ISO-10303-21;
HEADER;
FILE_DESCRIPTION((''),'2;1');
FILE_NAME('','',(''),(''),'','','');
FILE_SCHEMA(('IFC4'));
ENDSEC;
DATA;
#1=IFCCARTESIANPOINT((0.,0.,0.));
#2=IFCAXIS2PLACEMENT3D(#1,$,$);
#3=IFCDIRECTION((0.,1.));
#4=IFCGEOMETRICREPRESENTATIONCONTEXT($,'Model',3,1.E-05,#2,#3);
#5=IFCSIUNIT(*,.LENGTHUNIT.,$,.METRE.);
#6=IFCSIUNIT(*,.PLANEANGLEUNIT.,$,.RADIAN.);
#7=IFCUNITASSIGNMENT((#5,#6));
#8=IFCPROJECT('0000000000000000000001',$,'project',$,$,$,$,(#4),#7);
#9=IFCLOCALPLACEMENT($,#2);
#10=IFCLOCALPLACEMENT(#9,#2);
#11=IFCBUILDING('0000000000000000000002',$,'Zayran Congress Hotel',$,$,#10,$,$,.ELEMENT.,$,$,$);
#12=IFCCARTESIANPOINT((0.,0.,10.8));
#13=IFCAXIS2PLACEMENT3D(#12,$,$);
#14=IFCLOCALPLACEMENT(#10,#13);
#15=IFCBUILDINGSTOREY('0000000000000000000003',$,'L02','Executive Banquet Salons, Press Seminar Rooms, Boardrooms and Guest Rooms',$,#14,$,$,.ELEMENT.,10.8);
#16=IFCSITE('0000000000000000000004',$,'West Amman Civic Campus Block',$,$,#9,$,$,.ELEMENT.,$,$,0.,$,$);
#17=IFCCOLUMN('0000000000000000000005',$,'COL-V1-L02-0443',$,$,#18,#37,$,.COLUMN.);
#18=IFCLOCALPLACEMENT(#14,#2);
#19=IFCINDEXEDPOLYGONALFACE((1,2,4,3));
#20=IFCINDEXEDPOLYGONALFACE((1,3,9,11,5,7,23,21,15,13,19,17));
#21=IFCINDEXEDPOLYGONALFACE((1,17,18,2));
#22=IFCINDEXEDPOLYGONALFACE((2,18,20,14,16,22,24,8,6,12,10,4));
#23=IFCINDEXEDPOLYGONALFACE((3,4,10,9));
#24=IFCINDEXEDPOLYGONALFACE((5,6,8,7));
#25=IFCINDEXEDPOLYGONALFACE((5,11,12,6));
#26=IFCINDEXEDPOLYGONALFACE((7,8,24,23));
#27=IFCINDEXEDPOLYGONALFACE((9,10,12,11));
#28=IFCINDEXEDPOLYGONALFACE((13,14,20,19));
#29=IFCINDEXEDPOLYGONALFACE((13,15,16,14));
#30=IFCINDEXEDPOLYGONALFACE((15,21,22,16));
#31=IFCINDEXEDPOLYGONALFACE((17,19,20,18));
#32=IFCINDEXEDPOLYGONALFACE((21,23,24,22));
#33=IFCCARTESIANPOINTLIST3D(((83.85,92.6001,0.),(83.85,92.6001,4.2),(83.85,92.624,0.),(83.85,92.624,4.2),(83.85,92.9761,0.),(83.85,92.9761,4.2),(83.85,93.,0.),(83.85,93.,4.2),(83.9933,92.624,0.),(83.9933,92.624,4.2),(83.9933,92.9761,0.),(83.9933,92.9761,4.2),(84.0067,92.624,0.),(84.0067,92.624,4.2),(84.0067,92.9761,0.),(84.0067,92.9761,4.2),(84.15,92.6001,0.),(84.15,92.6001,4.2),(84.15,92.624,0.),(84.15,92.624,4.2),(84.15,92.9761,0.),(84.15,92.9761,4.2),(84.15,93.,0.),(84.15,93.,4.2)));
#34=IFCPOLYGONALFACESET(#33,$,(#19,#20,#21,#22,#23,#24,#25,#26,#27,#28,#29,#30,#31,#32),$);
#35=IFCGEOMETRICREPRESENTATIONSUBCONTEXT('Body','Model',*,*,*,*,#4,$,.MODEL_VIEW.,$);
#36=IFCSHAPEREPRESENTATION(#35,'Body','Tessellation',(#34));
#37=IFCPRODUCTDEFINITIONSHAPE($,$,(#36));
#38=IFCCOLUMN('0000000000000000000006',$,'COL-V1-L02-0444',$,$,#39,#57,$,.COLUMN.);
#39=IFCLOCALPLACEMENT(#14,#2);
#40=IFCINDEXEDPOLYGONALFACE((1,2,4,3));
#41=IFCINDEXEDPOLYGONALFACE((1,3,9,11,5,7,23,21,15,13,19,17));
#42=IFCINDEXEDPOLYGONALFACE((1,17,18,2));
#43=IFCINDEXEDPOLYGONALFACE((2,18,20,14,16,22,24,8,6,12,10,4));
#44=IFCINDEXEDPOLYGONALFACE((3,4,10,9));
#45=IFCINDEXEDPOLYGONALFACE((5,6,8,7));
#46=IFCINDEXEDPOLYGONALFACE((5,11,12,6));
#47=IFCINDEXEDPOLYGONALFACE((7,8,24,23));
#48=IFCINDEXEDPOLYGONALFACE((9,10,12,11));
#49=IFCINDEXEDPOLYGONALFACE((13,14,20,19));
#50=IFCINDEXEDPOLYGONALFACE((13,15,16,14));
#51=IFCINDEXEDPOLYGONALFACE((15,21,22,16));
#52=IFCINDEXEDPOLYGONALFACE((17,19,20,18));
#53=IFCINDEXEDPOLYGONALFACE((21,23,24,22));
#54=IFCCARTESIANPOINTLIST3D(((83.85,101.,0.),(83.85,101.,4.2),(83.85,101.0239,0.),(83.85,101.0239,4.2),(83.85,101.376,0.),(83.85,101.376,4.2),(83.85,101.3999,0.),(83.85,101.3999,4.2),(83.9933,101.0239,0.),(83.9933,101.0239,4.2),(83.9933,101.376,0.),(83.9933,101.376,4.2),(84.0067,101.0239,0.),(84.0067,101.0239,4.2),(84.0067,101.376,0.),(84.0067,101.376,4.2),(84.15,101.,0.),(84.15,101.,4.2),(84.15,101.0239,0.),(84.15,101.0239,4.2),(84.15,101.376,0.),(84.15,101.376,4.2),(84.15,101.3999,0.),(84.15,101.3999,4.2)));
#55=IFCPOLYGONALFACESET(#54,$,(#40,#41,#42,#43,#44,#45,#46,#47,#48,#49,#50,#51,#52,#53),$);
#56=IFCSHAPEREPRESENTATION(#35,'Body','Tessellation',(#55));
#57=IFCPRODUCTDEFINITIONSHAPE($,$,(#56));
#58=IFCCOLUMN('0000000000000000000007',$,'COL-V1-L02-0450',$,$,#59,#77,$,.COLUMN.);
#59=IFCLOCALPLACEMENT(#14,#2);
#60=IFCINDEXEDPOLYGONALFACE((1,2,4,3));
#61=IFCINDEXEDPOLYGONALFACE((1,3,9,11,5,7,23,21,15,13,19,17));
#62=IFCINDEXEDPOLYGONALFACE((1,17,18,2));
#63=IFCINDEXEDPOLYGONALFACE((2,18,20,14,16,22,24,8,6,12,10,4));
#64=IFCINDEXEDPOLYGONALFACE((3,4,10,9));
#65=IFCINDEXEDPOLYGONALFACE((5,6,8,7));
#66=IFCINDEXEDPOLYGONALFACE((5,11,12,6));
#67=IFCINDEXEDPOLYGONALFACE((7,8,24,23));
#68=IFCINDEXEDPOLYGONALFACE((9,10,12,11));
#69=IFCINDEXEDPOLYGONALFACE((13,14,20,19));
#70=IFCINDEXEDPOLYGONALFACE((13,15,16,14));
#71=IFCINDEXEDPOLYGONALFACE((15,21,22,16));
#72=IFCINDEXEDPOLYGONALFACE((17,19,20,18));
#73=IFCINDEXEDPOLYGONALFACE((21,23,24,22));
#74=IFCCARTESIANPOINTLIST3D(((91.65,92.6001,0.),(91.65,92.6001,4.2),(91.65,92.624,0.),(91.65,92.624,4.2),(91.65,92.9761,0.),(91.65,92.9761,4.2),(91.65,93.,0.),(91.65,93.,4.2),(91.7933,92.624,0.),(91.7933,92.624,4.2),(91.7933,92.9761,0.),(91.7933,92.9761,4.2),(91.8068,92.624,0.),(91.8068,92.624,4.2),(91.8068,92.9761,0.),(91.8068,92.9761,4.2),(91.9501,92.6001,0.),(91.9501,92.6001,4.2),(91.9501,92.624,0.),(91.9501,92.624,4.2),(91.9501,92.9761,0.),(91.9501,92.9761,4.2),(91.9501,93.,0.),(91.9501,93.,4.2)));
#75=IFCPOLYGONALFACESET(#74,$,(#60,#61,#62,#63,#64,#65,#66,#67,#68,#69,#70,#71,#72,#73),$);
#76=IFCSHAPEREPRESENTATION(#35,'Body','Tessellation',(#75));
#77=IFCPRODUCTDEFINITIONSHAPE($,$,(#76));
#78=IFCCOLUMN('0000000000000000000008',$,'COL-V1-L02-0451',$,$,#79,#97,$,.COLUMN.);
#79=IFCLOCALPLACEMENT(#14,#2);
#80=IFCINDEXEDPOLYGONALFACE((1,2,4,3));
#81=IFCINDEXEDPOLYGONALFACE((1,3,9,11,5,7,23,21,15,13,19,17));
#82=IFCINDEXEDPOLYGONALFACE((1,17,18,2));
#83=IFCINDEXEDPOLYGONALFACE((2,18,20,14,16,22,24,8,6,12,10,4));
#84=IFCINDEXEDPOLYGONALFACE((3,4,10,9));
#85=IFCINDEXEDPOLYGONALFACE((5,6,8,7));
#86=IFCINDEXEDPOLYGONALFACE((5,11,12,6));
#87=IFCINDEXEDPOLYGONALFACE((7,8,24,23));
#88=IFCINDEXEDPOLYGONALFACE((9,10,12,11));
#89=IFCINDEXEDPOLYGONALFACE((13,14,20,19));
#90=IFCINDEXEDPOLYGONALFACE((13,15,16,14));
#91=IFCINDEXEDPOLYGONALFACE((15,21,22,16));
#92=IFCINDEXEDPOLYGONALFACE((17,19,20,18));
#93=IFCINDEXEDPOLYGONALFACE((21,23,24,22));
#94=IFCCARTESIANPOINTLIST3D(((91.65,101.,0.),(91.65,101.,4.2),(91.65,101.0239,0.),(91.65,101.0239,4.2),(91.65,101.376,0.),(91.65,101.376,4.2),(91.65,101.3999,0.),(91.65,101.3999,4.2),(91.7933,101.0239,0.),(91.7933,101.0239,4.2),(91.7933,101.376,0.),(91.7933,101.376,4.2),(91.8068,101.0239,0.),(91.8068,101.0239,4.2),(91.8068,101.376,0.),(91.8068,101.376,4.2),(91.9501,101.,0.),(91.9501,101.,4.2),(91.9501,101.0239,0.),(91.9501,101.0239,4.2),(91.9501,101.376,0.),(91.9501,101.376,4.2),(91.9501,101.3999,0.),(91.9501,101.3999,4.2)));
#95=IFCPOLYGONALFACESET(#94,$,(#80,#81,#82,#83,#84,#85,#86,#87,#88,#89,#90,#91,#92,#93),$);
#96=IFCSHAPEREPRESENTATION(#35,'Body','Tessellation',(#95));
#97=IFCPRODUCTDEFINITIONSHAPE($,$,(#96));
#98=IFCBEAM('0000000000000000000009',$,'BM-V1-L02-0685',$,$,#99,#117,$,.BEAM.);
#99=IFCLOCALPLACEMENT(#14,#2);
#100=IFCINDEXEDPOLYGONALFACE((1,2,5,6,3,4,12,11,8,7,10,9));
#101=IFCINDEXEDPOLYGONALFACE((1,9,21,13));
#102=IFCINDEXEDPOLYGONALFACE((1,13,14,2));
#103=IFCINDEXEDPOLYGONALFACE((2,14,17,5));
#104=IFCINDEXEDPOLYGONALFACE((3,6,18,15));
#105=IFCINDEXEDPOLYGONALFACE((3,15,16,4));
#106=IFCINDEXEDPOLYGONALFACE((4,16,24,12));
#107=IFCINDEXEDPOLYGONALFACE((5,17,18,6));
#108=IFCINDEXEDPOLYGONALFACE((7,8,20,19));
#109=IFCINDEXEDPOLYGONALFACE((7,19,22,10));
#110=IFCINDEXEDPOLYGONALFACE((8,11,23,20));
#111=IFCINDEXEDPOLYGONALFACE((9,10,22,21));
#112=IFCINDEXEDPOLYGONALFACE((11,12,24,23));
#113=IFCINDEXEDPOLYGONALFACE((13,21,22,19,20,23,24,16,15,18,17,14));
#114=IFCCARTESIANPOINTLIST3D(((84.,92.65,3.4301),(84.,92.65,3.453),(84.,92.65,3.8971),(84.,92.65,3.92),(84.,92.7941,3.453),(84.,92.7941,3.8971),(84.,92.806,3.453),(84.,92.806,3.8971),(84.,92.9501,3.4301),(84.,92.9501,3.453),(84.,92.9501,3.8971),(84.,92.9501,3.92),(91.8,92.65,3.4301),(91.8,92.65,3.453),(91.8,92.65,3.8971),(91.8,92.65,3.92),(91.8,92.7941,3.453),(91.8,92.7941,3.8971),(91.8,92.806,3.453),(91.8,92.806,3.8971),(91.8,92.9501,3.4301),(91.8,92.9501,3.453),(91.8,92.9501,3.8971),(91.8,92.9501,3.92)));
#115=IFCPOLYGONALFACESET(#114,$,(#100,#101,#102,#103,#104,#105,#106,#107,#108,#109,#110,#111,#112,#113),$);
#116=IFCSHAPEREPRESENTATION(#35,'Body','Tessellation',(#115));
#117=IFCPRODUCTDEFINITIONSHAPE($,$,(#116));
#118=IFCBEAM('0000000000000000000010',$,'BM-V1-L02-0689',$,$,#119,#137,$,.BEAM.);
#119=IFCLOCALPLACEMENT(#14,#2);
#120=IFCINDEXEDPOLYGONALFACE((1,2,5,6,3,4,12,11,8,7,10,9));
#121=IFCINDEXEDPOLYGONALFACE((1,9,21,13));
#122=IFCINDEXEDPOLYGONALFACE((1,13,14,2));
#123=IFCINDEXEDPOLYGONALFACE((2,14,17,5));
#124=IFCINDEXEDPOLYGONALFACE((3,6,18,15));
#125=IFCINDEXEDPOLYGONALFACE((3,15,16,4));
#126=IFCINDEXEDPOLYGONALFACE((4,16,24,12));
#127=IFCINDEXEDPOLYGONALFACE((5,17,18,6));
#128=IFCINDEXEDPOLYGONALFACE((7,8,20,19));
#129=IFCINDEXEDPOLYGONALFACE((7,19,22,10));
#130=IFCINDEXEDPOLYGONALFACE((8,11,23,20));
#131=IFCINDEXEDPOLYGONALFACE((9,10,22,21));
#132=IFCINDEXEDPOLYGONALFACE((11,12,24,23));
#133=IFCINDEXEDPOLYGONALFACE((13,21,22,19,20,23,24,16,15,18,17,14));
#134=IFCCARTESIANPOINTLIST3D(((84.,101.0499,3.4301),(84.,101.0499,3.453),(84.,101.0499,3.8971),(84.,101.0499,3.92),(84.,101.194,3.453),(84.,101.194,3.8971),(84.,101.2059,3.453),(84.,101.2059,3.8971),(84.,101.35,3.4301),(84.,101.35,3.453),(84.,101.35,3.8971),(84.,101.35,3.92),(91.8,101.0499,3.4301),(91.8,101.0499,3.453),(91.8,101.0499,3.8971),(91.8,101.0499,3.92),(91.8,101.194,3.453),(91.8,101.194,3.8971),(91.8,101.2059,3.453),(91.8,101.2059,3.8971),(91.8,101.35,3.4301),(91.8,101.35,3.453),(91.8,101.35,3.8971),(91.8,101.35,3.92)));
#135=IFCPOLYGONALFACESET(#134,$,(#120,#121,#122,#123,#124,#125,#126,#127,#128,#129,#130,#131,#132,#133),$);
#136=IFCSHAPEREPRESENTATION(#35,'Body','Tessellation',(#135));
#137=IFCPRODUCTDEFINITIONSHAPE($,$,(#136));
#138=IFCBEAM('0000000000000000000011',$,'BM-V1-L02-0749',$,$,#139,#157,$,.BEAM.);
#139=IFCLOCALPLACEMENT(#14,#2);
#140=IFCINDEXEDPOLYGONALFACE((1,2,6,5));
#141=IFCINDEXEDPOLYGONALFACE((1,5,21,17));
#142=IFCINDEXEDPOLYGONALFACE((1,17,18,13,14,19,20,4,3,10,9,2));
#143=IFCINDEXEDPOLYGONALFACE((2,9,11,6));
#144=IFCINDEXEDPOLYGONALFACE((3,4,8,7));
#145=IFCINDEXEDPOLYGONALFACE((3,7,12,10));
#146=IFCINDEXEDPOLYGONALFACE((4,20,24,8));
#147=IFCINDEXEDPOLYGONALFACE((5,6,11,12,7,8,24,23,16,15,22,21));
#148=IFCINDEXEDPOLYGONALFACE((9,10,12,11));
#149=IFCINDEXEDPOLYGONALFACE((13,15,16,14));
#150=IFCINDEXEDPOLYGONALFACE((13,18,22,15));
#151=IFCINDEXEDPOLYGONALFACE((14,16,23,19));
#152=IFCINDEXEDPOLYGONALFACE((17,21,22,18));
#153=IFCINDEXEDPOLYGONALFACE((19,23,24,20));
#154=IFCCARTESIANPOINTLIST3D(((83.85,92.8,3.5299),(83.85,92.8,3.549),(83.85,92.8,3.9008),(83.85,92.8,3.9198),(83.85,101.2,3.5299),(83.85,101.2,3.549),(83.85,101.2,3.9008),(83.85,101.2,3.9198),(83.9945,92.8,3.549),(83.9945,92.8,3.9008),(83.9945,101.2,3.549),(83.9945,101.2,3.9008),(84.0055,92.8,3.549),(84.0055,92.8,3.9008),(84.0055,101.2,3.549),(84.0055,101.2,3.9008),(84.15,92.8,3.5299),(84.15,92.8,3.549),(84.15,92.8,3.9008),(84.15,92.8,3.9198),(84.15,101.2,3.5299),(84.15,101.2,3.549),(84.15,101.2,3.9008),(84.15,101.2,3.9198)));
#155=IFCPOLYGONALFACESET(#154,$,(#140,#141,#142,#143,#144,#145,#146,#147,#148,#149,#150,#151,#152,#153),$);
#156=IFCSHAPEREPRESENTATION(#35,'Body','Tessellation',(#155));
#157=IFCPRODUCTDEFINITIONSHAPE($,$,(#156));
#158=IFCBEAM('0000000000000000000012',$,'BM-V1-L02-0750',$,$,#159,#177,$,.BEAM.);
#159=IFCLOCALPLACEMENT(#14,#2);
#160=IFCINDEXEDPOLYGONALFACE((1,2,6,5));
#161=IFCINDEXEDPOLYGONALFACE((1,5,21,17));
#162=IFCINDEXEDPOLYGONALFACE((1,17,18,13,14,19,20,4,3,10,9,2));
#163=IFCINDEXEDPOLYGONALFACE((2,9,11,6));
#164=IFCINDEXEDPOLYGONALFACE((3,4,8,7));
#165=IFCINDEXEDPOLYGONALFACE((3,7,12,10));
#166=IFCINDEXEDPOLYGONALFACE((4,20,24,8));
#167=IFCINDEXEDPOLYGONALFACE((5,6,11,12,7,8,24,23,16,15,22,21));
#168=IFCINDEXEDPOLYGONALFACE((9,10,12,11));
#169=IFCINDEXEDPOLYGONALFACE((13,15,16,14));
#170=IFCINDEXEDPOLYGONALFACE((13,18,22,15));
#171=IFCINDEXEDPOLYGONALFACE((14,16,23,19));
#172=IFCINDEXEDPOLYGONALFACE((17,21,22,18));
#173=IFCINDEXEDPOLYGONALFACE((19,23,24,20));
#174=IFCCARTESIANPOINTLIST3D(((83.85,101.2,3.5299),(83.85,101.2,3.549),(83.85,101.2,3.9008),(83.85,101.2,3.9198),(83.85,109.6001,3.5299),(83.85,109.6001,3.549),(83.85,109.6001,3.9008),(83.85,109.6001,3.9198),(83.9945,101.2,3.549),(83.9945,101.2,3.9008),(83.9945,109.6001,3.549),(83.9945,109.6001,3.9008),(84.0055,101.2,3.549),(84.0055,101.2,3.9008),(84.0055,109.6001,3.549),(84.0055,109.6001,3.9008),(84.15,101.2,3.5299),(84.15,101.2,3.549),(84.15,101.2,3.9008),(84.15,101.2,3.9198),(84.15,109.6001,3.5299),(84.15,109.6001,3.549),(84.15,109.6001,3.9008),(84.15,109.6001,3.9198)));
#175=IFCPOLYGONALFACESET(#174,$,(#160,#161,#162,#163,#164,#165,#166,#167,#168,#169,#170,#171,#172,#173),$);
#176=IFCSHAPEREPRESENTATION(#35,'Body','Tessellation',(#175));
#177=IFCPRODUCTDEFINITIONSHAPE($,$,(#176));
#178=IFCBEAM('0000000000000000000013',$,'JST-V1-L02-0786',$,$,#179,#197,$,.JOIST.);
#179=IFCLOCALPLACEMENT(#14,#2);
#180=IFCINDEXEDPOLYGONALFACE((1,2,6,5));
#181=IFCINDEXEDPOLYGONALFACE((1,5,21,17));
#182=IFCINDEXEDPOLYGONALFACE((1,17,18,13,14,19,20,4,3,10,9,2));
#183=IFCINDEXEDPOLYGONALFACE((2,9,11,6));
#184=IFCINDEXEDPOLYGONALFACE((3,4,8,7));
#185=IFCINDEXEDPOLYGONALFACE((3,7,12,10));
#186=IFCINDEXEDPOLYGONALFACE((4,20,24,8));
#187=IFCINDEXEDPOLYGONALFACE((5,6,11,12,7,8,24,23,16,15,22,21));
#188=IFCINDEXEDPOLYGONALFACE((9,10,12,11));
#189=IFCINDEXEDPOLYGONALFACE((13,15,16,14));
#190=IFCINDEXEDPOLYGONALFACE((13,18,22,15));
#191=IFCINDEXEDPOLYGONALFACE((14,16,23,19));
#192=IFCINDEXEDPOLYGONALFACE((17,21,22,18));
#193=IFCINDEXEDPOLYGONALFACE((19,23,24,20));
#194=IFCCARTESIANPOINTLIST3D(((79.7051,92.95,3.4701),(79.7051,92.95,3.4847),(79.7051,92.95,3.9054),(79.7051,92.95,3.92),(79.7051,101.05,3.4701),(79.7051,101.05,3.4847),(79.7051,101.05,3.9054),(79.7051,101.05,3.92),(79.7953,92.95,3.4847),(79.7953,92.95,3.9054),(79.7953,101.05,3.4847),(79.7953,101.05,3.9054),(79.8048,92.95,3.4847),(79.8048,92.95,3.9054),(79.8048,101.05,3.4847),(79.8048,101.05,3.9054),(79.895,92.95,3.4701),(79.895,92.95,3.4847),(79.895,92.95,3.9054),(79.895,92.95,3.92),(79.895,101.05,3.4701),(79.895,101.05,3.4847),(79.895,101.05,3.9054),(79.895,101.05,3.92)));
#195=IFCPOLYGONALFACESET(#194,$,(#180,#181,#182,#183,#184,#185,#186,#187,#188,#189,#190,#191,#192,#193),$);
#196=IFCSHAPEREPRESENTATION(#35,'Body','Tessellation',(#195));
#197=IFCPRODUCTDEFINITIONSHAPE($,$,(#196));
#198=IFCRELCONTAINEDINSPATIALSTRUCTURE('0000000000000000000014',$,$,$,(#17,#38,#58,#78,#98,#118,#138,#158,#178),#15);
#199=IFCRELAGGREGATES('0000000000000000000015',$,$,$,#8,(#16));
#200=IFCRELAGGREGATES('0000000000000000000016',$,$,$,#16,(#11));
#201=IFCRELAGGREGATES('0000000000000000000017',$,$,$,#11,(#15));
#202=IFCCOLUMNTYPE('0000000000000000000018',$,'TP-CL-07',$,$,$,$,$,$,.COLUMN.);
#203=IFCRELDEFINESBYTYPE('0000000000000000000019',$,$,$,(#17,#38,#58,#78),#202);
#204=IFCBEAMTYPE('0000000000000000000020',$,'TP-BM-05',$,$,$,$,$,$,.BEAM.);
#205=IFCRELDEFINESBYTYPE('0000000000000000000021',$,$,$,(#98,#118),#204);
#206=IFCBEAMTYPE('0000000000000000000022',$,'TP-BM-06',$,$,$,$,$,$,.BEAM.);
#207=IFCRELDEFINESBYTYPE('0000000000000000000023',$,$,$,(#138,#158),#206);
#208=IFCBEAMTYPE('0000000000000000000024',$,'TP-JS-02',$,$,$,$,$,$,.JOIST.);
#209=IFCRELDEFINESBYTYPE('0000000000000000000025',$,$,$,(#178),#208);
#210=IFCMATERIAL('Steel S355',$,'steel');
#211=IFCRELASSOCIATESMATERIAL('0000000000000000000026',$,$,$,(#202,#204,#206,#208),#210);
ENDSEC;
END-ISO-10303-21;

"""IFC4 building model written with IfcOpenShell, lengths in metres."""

from ifc_helpers import new_model, si_unit, direction, frame, origin, origin_2d, place, context, subcontext, project, spatial, i_section, extrude, material, material_profile, profile_set, type_object, element, save


model = new_model("IFC4")

# Units and contexts
model_context = context("Model", 3, precision=1e-05, world=origin(), true_north=direction((0.0, 1.0)))
body_context = subcontext(model_context, "Body", "Model", "MODEL_VIEW")
ifc_project = project(units=[si_unit("LENGTHUNIT", "METRE"), si_unit("PLANEANGLEUNIT", "RADIAN")], contexts=[model_context])

# Site, building, storey
site_placement = place(None, origin())
site = spatial("IfcSite", under=ifc_project, at=site_placement, Name="West Amman Civic Campus Block", CompositionType="ELEMENT", RefElevation=0.0)
building_placement = place(site_placement, origin())
building = spatial("IfcBuilding", under=site, at=building_placement, Name="Zayran Congress Hotel", CompositionType="ELEMENT")
storey_placement = place(building_placement, frame((0.0, 0.0, 10.8)))
storey = spatial("IfcBuildingStorey", under=building, at=storey_placement, Name="L02", Description="Executive Banquet Salons, Press Seminar Rooms, Boardrooms and Guest Rooms", CompositionType="ELEMENT", Elevation=10.8)

# Columns
ifc_material_1 = material(Name="Steel S355", Category="steel")
ifc_material_profile_1 = material_profile(ifc_material_1, i_section(OverallWidth=0.3, OverallDepth=0.3999, WebThickness=0.0134, FlangeThickness=0.0239, at=origin_2d()), Name="HEB 400")
ifc_profile_set_1 = profile_set([ifc_material_profile_1], Name="Steel S355")
column_type = type_object("IfcColumnType", Name="TP-CL-07", PredefinedType="COLUMN", material=ifc_profile_set_1)
for number, where, z_axis, x_axis, name in (
    (1, (84.0, 92.8, 0.0), (0.0, 0.0, 1.0), (1.0, 0.0, 0.0), "COL-V1-L02-0443"),
    (2, (84.0, 101.2, 0.0), (0.0, 0.0, 1.0), (1.0, 0.0, 0.0), "COL-V1-L02-0444"),
    (3, (91.8, 92.8, 0.0), (0.0, 0.0, 1.0), (1.0, 0.0, 0.0), "COL-V1-L02-0450"),
    (4, (91.8, 101.2, 0.0), (0.0, 0.0, 1.0), (1.0, 0.0, 0.0), "COL-V1-L02-0451"),
):
    element("IfcColumn", number, at=place(storey_placement, frame(where, z_axis=z_axis, x_axis=x_axis)), inside=storey, type_object=column_type, Name=name, PredefinedType="COLUMN", context=body_context, shape_type="SweptSolid", body=[
        extrude(i_section(OverallWidth=0.3, OverallDepth=0.3999, WebThickness=0.0134, FlangeThickness=0.0239, at=origin_2d()), origin(), (0.0, 0.0, 1.0), 4.2),
    ])

# Beams
ifc_material_profile_2 = material_profile(ifc_material_1, i_section(OverallWidth=0.3, OverallDepth=0.49, WebThickness=0.012, FlangeThickness=0.0229, at=origin_2d()), Name="HEA 500")
ifc_profile_set_2 = profile_set([ifc_material_profile_2], Name="Steel S355")
beam_type_1 = type_object("IfcBeamType", Name="TP-BM-05", PredefinedType="BEAM", material=ifc_profile_set_2)
for number, where, z_axis, x_axis, name in (
    (5, (84.0, 92.8, 3.675), (1.0, 0.0, 0.0), (0.0, 1.0, 0.0), "BM-V1-L02-0685"),
    (6, (84.0, 101.2, 3.675), (1.0, 0.0, 0.0), (0.0, 1.0, 0.0), "BM-V1-L02-0689"),
):
    element("IfcBeam", number, at=place(storey_placement, frame(where, z_axis=z_axis, x_axis=x_axis)), inside=storey, type_object=beam_type_1, Name=name, PredefinedType="BEAM", context=body_context, shape_type="SweptSolid", body=[
        extrude(i_section(OverallWidth=0.3, OverallDepth=0.49, WebThickness=0.012, FlangeThickness=0.0229, at=origin_2d()), origin(), (0.0, 0.0, 1.0), 7.8),
    ])
ifc_material_profile_3 = material_profile(ifc_material_1, i_section(OverallWidth=0.3, OverallDepth=0.3899, WebThickness=0.011, FlangeThickness=0.019, at=origin_2d()), Name="HEA 400")
ifc_profile_set_3 = profile_set([ifc_material_profile_3], Name="Steel S355")
beam_type_2 = type_object("IfcBeamType", Name="TP-BM-06", PredefinedType="BEAM", material=ifc_profile_set_3)
beam_1_placement = place(storey_placement, frame((84.0, 92.8, 3.7249), z_axis=(0.0, 1.0, 0.0), x_axis=(-1.0, 0.0, 0.0)))
element("IfcBeam", 7, at=beam_1_placement, inside=storey, type_object=beam_type_2, Name="BM-V1-L02-0749", PredefinedType="BEAM", context=body_context, shape_type="SweptSolid", body=[
    extrude(i_section(OverallWidth=0.3, OverallDepth=0.3899, WebThickness=0.011, FlangeThickness=0.019, at=origin_2d()), origin(), (0.0, 0.0, 1.0), 8.3999),
])
beam_2_placement = place(storey_placement, frame((84.0, 101.2, 3.7249), z_axis=(0.0, 1.0, 0.0), x_axis=(-1.0, 0.0, 0.0)))
element("IfcBeam", 8, at=beam_2_placement, inside=storey, type_object=beam_type_2, Name="BM-V1-L02-0750", PredefinedType="BEAM", context=body_context, shape_type="SweptSolid", body=[
    extrude(i_section(OverallWidth=0.3, OverallDepth=0.3899, WebThickness=0.011, FlangeThickness=0.019, at=origin_2d()), origin(), (0.0, 0.0, 1.0), 8.4001),
])
ifc_material_profile_4 = material_profile(ifc_material_1, i_section(OverallWidth=0.1899, OverallDepth=0.45, WebThickness=0.0095, FlangeThickness=0.0146, at=origin_2d()), Name="IPE 450")
ifc_profile_set_4 = profile_set([ifc_material_profile_4], Name="Steel S355")
beam_type_3 = type_object("IfcBeamType", Name="TP-JS-02", PredefinedType="JOIST", material=ifc_profile_set_4)
beam_3_placement = place(storey_placement, frame((79.8, 92.95, 3.6951), z_axis=(0.0, 1.0, 0.0), x_axis=(-1.0, 0.0, 0.0)))
element("IfcBeam", 9, at=beam_3_placement, inside=storey, type_object=beam_type_3, Name="JST-V1-L02-0786", PredefinedType="JOIST", context=body_context, shape_type="SweptSolid", body=[
    extrude(i_section(OverallWidth=0.1899, OverallDepth=0.45, WebThickness=0.0095, FlangeThickness=0.0146, at=origin_2d()), origin(), (0.0, 0.0, 1.0), 8.1001),
])

save(model, "model.ifc")
